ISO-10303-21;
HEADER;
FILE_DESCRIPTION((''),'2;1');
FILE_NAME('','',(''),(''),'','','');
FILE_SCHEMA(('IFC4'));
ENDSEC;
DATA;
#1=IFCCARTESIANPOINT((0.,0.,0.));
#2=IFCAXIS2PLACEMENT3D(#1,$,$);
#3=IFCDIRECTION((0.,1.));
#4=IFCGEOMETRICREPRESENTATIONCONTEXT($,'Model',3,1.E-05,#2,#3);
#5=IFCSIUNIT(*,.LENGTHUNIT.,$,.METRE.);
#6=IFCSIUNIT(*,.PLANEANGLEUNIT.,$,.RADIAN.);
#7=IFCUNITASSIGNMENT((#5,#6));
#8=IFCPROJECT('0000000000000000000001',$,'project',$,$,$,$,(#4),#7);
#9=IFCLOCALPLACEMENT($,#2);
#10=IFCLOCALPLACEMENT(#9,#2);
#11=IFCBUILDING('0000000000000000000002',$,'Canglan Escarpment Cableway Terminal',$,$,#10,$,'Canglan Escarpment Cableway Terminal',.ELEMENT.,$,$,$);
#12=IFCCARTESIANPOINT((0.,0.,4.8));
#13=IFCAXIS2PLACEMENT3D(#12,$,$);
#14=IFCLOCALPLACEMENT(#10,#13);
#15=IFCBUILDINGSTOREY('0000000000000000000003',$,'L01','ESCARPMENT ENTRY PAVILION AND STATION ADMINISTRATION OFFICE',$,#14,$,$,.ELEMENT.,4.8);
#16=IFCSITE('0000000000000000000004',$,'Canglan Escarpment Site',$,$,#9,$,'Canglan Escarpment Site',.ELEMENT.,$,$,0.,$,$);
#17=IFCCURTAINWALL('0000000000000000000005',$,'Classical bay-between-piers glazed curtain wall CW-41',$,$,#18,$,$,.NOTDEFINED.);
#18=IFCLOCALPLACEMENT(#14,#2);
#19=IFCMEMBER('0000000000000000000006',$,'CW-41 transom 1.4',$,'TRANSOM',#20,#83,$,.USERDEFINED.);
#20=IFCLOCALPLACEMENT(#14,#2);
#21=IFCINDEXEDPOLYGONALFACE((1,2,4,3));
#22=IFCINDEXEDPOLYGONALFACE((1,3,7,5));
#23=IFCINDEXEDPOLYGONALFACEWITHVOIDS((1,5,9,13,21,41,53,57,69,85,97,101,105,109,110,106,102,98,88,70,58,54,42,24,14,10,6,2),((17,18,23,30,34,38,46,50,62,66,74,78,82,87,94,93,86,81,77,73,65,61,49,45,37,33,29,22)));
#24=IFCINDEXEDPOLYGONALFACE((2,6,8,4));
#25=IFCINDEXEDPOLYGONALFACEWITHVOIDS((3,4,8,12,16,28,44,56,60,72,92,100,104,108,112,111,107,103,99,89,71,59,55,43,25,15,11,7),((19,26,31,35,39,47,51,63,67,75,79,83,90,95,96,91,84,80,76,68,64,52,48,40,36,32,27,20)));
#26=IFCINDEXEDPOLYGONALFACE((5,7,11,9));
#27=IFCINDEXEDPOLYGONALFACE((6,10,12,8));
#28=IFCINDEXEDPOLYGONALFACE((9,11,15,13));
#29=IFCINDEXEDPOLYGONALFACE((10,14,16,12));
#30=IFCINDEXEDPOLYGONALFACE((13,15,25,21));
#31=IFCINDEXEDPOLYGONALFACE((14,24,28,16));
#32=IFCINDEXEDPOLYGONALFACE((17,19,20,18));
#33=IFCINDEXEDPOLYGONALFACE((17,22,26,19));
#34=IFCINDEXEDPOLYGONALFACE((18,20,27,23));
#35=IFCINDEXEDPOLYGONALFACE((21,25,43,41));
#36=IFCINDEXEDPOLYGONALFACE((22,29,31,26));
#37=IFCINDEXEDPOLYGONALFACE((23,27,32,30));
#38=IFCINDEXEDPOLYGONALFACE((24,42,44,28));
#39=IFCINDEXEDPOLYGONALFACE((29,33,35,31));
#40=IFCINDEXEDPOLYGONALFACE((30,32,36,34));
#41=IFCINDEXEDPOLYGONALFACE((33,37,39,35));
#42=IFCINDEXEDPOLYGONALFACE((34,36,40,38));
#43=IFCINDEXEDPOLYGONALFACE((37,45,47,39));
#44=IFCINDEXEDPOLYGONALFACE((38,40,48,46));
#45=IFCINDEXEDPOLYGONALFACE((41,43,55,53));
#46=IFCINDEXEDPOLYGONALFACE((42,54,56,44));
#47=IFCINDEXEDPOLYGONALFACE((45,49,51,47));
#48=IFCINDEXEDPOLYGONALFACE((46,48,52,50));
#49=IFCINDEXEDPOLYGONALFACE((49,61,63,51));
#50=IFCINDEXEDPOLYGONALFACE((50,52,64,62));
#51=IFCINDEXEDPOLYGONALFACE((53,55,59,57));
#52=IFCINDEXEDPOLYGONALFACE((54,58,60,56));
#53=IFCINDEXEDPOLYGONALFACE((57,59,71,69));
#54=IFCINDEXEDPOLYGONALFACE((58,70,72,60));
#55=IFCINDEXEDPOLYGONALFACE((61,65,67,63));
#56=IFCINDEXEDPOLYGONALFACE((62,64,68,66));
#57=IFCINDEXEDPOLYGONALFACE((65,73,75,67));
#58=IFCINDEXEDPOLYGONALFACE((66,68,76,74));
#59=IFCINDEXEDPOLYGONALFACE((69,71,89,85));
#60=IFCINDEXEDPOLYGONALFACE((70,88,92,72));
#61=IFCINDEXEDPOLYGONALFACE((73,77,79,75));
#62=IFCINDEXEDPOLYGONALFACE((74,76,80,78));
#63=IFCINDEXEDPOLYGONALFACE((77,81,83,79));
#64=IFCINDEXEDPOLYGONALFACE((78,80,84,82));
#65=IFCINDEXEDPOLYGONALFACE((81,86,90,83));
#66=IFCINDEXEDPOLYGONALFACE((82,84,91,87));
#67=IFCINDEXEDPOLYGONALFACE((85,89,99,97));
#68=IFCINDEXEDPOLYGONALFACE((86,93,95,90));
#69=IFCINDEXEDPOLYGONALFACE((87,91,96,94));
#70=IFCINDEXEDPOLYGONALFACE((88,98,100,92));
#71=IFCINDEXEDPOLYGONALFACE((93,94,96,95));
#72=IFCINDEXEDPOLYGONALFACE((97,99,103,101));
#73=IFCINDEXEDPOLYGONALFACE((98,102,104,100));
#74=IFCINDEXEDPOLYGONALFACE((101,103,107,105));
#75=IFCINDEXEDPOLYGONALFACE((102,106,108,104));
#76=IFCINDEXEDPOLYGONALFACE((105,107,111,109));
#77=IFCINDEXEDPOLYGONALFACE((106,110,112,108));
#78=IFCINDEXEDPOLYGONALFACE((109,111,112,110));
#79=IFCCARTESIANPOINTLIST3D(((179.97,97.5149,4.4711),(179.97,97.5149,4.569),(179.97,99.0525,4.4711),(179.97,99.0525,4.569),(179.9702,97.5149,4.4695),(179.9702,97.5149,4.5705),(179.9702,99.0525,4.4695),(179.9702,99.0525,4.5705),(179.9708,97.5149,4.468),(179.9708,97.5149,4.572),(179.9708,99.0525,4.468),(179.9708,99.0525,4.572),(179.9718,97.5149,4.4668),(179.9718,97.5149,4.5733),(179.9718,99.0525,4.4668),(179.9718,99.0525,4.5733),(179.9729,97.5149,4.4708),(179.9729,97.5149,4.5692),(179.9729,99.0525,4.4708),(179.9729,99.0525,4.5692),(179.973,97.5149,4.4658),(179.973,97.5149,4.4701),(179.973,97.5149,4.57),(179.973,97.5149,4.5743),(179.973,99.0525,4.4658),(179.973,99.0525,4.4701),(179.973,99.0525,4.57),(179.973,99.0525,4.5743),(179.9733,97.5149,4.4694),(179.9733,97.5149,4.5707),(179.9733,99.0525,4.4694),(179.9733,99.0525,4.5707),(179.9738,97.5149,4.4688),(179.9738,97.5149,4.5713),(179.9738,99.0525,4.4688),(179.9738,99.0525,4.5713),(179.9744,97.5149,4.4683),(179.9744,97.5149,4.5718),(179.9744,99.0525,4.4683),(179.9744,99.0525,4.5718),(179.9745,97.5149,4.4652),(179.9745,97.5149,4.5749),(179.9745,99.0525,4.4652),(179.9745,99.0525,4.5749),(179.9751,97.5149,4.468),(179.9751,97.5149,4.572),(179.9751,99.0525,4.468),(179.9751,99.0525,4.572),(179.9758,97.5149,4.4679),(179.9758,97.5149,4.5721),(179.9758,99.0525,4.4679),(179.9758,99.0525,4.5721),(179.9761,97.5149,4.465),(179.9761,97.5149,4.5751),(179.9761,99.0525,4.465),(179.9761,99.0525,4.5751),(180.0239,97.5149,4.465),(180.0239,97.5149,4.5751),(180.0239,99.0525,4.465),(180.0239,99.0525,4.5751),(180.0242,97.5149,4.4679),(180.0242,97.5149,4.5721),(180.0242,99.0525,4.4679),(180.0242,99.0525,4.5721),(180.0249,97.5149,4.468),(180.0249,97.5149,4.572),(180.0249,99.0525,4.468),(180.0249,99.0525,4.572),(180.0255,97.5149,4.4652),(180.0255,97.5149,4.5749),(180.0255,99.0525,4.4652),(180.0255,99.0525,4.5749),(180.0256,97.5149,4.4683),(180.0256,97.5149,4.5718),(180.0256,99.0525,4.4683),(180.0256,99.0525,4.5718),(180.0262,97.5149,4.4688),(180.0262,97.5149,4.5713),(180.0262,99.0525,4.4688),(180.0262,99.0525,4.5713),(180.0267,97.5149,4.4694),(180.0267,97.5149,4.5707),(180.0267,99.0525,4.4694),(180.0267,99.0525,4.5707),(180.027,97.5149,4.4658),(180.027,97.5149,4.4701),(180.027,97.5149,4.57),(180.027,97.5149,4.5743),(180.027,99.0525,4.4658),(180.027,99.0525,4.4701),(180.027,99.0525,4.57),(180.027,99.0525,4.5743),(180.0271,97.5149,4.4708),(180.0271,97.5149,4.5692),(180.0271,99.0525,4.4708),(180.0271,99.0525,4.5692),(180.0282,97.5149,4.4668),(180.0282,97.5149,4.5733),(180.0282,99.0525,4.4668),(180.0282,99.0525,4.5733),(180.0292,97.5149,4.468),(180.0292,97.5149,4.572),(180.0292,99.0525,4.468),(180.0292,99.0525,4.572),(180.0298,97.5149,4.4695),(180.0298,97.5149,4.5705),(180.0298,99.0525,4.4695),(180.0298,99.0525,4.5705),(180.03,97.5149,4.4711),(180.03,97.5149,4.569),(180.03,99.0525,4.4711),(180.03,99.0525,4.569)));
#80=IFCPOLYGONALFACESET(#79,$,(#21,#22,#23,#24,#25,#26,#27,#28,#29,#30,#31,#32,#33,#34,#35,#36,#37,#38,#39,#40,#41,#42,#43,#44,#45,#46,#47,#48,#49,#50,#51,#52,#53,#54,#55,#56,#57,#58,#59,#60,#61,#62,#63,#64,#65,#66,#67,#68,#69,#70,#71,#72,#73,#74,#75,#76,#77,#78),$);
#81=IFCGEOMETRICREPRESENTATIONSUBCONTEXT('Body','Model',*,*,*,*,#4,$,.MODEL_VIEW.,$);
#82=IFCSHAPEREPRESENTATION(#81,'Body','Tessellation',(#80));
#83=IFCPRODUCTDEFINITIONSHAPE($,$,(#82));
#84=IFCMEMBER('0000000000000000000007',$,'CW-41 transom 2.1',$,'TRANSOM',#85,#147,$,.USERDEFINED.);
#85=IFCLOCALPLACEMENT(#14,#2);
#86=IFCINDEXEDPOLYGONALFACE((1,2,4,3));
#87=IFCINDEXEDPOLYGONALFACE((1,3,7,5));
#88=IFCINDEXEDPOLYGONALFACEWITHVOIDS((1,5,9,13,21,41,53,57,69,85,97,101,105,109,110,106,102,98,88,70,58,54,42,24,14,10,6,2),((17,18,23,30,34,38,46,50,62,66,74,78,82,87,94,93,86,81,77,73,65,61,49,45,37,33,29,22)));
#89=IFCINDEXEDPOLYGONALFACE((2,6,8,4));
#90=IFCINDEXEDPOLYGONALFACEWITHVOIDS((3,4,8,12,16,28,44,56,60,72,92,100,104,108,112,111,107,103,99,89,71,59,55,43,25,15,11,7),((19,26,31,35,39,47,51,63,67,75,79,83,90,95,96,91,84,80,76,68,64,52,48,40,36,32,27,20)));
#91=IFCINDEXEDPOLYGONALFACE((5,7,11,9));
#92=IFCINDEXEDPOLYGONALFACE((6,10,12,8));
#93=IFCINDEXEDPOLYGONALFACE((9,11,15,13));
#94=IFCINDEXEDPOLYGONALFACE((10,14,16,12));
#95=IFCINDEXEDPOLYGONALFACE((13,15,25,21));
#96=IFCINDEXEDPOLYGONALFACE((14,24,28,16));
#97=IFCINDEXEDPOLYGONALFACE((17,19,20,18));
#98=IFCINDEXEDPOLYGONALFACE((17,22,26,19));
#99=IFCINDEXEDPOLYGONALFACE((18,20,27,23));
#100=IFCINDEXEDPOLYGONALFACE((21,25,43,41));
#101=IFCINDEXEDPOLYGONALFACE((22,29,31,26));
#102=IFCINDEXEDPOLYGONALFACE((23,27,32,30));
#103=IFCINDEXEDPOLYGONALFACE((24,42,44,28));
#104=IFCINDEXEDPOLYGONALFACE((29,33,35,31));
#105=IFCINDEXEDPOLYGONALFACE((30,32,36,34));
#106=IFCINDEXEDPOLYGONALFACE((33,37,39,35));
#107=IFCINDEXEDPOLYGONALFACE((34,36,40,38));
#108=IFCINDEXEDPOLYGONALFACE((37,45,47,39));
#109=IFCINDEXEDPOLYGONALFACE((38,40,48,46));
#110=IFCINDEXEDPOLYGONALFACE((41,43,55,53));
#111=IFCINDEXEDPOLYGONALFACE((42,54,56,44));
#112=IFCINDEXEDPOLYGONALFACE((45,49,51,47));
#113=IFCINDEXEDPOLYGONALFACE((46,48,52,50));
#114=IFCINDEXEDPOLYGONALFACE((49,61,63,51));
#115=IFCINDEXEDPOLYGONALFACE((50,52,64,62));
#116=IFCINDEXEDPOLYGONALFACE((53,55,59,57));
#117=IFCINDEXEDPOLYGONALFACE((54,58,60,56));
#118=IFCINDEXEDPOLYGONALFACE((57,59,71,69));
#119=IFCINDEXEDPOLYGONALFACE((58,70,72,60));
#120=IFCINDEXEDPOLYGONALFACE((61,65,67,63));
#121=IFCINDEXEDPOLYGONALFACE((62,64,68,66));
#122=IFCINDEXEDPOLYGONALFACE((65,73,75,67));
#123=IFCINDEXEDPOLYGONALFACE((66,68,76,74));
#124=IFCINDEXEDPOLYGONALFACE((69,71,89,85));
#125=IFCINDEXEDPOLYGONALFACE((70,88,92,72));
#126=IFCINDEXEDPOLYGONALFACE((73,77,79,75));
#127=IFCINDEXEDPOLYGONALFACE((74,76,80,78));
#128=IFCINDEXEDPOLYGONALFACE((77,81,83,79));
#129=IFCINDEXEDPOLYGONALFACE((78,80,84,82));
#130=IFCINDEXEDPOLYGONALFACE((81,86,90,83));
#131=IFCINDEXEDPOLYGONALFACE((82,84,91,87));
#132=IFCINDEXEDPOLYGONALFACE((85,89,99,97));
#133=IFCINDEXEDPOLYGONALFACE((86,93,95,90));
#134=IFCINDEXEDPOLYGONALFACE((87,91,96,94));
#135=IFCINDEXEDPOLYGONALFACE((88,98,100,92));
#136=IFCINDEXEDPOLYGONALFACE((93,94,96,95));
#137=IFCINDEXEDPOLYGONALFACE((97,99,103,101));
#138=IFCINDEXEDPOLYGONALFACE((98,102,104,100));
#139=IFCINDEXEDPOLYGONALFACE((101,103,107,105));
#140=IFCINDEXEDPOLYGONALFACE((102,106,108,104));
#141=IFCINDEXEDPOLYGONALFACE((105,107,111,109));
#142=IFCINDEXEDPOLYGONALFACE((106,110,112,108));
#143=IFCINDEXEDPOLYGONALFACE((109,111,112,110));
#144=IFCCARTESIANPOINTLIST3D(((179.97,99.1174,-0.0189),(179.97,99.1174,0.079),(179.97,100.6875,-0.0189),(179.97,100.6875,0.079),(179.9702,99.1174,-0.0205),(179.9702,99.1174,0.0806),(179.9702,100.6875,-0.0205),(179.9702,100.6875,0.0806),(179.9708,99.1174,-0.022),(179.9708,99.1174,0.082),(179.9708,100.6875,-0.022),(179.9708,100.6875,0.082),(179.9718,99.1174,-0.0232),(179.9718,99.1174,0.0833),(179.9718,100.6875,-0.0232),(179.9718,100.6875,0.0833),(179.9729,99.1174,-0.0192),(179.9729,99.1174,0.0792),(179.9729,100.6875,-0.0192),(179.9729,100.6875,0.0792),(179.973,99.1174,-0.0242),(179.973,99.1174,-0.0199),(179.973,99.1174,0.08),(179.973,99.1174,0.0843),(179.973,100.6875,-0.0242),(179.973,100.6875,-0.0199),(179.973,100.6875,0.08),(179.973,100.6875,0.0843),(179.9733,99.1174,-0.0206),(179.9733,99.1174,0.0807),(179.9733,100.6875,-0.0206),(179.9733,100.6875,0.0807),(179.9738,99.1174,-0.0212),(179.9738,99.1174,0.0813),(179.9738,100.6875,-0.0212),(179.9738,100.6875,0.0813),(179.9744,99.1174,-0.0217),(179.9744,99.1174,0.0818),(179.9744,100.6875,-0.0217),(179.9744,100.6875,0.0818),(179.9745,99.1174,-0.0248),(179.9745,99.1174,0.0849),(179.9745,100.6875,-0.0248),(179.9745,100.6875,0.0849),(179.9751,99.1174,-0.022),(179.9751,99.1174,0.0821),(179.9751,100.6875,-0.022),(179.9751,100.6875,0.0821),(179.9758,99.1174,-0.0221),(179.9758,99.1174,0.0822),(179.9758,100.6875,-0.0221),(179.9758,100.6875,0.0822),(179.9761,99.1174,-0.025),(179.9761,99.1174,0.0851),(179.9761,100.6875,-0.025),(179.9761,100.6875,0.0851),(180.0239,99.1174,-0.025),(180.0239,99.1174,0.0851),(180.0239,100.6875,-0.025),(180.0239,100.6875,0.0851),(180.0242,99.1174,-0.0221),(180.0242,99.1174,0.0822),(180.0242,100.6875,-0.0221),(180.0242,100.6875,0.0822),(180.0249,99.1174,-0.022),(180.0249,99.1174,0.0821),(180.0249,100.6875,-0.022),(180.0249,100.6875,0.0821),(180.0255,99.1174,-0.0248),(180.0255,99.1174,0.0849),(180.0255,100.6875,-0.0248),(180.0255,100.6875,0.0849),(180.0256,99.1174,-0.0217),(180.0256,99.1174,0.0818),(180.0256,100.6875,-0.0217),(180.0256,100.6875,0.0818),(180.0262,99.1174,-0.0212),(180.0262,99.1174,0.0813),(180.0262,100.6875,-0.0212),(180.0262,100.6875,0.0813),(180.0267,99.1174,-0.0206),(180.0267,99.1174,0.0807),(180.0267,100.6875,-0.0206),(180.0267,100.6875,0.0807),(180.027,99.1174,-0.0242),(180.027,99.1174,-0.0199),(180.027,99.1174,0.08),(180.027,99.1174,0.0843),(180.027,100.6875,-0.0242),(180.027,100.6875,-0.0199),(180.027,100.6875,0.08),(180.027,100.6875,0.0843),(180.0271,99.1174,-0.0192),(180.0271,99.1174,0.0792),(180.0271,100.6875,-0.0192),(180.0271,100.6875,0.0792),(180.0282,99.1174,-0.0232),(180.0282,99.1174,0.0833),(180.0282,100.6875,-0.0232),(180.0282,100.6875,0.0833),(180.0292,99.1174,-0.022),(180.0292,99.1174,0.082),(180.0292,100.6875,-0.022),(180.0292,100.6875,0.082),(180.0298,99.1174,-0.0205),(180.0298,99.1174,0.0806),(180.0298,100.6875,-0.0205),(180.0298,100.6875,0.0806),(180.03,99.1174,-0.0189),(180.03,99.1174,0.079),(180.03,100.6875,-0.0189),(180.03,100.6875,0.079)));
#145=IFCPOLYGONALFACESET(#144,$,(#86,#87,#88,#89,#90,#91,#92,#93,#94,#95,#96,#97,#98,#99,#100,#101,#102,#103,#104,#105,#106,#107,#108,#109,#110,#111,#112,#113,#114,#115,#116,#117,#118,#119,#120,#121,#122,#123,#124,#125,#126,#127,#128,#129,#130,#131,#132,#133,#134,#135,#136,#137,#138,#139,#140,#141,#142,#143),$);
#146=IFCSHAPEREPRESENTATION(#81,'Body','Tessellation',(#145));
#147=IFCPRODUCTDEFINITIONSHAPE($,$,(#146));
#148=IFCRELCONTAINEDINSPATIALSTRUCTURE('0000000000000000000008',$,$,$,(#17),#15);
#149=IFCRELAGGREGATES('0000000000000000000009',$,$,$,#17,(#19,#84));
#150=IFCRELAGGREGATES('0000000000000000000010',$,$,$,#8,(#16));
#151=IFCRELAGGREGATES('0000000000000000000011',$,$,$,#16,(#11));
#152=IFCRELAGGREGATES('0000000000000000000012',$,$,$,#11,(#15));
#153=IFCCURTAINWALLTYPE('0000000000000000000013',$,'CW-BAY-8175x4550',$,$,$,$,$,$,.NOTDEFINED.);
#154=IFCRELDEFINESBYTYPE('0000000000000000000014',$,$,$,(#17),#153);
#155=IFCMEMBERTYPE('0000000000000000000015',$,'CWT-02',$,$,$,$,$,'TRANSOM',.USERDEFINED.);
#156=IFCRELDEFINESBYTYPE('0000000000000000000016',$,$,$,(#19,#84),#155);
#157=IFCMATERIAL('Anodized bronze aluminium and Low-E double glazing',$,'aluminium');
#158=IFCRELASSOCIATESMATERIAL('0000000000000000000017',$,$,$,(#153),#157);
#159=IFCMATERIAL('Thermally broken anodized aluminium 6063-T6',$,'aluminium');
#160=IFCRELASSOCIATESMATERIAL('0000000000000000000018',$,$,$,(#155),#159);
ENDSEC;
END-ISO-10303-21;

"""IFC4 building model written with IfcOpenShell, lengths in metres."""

from ifc_helpers import new_model, si_unit, direction, frame, origin, origin_2d, place, context, subcontext, project, spatial, hollow_rectangle, extrude, material, material_profile, profile_set, type_object, element, aggregate, save


model = new_model("IFC4")

# Units and contexts
model_context = context("Model", 3, precision=1e-05, world=origin(), true_north=direction((0.0, 1.0)))
body_context = subcontext(model_context, "Body", "Model", "MODEL_VIEW")
ifc_project = project(units=[si_unit("LENGTHUNIT", "METRE"), si_unit("PLANEANGLEUNIT", "RADIAN")], contexts=[model_context])

# Site, building, storey
site_placement = place(None, origin())
site = spatial("IfcSite", under=ifc_project, at=site_placement, Name="Canglan Escarpment Site", LongName="Canglan Escarpment Site", CompositionType="ELEMENT", RefElevation=0.0)
building_placement = place(site_placement, origin())
building = spatial("IfcBuilding", under=site, at=building_placement, Name="Canglan Escarpment Cableway Terminal", LongName="Canglan Escarpment Cableway Terminal", CompositionType="ELEMENT")
storey_placement = place(building_placement, frame((0.0, 0.0, 4.8)))
storey = spatial("IfcBuildingStorey", under=building, at=storey_placement, Name="L01", Description="ESCARPMENT ENTRY PAVILION AND STATION ADMINISTRATION OFFICE", CompositionType="ELEMENT", Elevation=4.8)

# Curtain wall, members
ifc_material_1 = material(Name="Anodized bronze aluminium and Low-E double glazing", Category="aluminium")
curtain_wall_type = type_object("IfcCurtainWallType", Name="CW-BAY-8175x4550", PredefinedType="NOTDEFINED", material=ifc_material_1)
curtain_wall_placement = place(storey_placement, origin())
curtain_wall = element("IfcCurtainWall", 1, at=curtain_wall_placement, inside=storey, type_object=curtain_wall_type, Name="Classical bay-between-piers glazed curtain wall CW-41", PredefinedType="NOTDEFINED")
ifc_material_2 = material(Name="Thermally broken anodized aluminium 6063-T6", Category="aluminium")
ifc_material_profile_1 = material_profile(ifc_material_2, hollow_rectangle(XDim=0.0601, YDim=0.1101, WallThickness=0.0029, InnerFilletRadius=0.0029, OuterFilletRadius=0.0061, at=origin_2d()), Name="ALU-TRAN 60x110x3")
ifc_profile_set_1 = profile_set([ifc_material_profile_1], Name="Thermally broken anodized aluminium 6063-T6")
member_type_1 = type_object("IfcMemberType", Name="CWT-02", ElementType="TRANSOM", PredefinedType="USERDEFINED", material=ifc_profile_set_1)
member_1_placement = place(storey_placement, frame((180.0, 97.5149, 4.52), z_axis=(0.0, 1.0, 0.0), x_axis=(-1.0, 0.0, 0.0)))
member_1 = element("IfcMember", 2, at=member_1_placement, type_object=member_type_1, Name="CW-41 transom 1.4", ObjectType="TRANSOM", PredefinedType="USERDEFINED", context=body_context, shape_type="SweptSolid", body=[
    extrude(hollow_rectangle(XDim=0.0601, YDim=0.1101, WallThickness=0.0029, InnerFilletRadius=0.0029, OuterFilletRadius=0.0061, at=origin_2d()), origin(), (0.0, 0.0, 1.0), 1.5376),
])
member_2_placement = place(storey_placement, frame((180.0, 99.1174, 0.03), z_axis=(0.0, 1.0, 0.0), x_axis=(-1.0, 0.0, 0.0)))
member_2 = element("IfcMember", 3, at=member_2_placement, type_object=member_type_1, Name="CW-41 transom 2.1", ObjectType="TRANSOM", PredefinedType="USERDEFINED", context=body_context, shape_type="SweptSolid", body=[
    extrude(hollow_rectangle(XDim=0.0601, YDim=0.1101, WallThickness=0.0029, InnerFilletRadius=0.0029, OuterFilletRadius=0.0061, at=origin_2d()), origin(), (0.0, 0.0, 1.0), 1.5701),
])
aggregate(curtain_wall, [member_1, member_2])

save(model, "model.ifc")
